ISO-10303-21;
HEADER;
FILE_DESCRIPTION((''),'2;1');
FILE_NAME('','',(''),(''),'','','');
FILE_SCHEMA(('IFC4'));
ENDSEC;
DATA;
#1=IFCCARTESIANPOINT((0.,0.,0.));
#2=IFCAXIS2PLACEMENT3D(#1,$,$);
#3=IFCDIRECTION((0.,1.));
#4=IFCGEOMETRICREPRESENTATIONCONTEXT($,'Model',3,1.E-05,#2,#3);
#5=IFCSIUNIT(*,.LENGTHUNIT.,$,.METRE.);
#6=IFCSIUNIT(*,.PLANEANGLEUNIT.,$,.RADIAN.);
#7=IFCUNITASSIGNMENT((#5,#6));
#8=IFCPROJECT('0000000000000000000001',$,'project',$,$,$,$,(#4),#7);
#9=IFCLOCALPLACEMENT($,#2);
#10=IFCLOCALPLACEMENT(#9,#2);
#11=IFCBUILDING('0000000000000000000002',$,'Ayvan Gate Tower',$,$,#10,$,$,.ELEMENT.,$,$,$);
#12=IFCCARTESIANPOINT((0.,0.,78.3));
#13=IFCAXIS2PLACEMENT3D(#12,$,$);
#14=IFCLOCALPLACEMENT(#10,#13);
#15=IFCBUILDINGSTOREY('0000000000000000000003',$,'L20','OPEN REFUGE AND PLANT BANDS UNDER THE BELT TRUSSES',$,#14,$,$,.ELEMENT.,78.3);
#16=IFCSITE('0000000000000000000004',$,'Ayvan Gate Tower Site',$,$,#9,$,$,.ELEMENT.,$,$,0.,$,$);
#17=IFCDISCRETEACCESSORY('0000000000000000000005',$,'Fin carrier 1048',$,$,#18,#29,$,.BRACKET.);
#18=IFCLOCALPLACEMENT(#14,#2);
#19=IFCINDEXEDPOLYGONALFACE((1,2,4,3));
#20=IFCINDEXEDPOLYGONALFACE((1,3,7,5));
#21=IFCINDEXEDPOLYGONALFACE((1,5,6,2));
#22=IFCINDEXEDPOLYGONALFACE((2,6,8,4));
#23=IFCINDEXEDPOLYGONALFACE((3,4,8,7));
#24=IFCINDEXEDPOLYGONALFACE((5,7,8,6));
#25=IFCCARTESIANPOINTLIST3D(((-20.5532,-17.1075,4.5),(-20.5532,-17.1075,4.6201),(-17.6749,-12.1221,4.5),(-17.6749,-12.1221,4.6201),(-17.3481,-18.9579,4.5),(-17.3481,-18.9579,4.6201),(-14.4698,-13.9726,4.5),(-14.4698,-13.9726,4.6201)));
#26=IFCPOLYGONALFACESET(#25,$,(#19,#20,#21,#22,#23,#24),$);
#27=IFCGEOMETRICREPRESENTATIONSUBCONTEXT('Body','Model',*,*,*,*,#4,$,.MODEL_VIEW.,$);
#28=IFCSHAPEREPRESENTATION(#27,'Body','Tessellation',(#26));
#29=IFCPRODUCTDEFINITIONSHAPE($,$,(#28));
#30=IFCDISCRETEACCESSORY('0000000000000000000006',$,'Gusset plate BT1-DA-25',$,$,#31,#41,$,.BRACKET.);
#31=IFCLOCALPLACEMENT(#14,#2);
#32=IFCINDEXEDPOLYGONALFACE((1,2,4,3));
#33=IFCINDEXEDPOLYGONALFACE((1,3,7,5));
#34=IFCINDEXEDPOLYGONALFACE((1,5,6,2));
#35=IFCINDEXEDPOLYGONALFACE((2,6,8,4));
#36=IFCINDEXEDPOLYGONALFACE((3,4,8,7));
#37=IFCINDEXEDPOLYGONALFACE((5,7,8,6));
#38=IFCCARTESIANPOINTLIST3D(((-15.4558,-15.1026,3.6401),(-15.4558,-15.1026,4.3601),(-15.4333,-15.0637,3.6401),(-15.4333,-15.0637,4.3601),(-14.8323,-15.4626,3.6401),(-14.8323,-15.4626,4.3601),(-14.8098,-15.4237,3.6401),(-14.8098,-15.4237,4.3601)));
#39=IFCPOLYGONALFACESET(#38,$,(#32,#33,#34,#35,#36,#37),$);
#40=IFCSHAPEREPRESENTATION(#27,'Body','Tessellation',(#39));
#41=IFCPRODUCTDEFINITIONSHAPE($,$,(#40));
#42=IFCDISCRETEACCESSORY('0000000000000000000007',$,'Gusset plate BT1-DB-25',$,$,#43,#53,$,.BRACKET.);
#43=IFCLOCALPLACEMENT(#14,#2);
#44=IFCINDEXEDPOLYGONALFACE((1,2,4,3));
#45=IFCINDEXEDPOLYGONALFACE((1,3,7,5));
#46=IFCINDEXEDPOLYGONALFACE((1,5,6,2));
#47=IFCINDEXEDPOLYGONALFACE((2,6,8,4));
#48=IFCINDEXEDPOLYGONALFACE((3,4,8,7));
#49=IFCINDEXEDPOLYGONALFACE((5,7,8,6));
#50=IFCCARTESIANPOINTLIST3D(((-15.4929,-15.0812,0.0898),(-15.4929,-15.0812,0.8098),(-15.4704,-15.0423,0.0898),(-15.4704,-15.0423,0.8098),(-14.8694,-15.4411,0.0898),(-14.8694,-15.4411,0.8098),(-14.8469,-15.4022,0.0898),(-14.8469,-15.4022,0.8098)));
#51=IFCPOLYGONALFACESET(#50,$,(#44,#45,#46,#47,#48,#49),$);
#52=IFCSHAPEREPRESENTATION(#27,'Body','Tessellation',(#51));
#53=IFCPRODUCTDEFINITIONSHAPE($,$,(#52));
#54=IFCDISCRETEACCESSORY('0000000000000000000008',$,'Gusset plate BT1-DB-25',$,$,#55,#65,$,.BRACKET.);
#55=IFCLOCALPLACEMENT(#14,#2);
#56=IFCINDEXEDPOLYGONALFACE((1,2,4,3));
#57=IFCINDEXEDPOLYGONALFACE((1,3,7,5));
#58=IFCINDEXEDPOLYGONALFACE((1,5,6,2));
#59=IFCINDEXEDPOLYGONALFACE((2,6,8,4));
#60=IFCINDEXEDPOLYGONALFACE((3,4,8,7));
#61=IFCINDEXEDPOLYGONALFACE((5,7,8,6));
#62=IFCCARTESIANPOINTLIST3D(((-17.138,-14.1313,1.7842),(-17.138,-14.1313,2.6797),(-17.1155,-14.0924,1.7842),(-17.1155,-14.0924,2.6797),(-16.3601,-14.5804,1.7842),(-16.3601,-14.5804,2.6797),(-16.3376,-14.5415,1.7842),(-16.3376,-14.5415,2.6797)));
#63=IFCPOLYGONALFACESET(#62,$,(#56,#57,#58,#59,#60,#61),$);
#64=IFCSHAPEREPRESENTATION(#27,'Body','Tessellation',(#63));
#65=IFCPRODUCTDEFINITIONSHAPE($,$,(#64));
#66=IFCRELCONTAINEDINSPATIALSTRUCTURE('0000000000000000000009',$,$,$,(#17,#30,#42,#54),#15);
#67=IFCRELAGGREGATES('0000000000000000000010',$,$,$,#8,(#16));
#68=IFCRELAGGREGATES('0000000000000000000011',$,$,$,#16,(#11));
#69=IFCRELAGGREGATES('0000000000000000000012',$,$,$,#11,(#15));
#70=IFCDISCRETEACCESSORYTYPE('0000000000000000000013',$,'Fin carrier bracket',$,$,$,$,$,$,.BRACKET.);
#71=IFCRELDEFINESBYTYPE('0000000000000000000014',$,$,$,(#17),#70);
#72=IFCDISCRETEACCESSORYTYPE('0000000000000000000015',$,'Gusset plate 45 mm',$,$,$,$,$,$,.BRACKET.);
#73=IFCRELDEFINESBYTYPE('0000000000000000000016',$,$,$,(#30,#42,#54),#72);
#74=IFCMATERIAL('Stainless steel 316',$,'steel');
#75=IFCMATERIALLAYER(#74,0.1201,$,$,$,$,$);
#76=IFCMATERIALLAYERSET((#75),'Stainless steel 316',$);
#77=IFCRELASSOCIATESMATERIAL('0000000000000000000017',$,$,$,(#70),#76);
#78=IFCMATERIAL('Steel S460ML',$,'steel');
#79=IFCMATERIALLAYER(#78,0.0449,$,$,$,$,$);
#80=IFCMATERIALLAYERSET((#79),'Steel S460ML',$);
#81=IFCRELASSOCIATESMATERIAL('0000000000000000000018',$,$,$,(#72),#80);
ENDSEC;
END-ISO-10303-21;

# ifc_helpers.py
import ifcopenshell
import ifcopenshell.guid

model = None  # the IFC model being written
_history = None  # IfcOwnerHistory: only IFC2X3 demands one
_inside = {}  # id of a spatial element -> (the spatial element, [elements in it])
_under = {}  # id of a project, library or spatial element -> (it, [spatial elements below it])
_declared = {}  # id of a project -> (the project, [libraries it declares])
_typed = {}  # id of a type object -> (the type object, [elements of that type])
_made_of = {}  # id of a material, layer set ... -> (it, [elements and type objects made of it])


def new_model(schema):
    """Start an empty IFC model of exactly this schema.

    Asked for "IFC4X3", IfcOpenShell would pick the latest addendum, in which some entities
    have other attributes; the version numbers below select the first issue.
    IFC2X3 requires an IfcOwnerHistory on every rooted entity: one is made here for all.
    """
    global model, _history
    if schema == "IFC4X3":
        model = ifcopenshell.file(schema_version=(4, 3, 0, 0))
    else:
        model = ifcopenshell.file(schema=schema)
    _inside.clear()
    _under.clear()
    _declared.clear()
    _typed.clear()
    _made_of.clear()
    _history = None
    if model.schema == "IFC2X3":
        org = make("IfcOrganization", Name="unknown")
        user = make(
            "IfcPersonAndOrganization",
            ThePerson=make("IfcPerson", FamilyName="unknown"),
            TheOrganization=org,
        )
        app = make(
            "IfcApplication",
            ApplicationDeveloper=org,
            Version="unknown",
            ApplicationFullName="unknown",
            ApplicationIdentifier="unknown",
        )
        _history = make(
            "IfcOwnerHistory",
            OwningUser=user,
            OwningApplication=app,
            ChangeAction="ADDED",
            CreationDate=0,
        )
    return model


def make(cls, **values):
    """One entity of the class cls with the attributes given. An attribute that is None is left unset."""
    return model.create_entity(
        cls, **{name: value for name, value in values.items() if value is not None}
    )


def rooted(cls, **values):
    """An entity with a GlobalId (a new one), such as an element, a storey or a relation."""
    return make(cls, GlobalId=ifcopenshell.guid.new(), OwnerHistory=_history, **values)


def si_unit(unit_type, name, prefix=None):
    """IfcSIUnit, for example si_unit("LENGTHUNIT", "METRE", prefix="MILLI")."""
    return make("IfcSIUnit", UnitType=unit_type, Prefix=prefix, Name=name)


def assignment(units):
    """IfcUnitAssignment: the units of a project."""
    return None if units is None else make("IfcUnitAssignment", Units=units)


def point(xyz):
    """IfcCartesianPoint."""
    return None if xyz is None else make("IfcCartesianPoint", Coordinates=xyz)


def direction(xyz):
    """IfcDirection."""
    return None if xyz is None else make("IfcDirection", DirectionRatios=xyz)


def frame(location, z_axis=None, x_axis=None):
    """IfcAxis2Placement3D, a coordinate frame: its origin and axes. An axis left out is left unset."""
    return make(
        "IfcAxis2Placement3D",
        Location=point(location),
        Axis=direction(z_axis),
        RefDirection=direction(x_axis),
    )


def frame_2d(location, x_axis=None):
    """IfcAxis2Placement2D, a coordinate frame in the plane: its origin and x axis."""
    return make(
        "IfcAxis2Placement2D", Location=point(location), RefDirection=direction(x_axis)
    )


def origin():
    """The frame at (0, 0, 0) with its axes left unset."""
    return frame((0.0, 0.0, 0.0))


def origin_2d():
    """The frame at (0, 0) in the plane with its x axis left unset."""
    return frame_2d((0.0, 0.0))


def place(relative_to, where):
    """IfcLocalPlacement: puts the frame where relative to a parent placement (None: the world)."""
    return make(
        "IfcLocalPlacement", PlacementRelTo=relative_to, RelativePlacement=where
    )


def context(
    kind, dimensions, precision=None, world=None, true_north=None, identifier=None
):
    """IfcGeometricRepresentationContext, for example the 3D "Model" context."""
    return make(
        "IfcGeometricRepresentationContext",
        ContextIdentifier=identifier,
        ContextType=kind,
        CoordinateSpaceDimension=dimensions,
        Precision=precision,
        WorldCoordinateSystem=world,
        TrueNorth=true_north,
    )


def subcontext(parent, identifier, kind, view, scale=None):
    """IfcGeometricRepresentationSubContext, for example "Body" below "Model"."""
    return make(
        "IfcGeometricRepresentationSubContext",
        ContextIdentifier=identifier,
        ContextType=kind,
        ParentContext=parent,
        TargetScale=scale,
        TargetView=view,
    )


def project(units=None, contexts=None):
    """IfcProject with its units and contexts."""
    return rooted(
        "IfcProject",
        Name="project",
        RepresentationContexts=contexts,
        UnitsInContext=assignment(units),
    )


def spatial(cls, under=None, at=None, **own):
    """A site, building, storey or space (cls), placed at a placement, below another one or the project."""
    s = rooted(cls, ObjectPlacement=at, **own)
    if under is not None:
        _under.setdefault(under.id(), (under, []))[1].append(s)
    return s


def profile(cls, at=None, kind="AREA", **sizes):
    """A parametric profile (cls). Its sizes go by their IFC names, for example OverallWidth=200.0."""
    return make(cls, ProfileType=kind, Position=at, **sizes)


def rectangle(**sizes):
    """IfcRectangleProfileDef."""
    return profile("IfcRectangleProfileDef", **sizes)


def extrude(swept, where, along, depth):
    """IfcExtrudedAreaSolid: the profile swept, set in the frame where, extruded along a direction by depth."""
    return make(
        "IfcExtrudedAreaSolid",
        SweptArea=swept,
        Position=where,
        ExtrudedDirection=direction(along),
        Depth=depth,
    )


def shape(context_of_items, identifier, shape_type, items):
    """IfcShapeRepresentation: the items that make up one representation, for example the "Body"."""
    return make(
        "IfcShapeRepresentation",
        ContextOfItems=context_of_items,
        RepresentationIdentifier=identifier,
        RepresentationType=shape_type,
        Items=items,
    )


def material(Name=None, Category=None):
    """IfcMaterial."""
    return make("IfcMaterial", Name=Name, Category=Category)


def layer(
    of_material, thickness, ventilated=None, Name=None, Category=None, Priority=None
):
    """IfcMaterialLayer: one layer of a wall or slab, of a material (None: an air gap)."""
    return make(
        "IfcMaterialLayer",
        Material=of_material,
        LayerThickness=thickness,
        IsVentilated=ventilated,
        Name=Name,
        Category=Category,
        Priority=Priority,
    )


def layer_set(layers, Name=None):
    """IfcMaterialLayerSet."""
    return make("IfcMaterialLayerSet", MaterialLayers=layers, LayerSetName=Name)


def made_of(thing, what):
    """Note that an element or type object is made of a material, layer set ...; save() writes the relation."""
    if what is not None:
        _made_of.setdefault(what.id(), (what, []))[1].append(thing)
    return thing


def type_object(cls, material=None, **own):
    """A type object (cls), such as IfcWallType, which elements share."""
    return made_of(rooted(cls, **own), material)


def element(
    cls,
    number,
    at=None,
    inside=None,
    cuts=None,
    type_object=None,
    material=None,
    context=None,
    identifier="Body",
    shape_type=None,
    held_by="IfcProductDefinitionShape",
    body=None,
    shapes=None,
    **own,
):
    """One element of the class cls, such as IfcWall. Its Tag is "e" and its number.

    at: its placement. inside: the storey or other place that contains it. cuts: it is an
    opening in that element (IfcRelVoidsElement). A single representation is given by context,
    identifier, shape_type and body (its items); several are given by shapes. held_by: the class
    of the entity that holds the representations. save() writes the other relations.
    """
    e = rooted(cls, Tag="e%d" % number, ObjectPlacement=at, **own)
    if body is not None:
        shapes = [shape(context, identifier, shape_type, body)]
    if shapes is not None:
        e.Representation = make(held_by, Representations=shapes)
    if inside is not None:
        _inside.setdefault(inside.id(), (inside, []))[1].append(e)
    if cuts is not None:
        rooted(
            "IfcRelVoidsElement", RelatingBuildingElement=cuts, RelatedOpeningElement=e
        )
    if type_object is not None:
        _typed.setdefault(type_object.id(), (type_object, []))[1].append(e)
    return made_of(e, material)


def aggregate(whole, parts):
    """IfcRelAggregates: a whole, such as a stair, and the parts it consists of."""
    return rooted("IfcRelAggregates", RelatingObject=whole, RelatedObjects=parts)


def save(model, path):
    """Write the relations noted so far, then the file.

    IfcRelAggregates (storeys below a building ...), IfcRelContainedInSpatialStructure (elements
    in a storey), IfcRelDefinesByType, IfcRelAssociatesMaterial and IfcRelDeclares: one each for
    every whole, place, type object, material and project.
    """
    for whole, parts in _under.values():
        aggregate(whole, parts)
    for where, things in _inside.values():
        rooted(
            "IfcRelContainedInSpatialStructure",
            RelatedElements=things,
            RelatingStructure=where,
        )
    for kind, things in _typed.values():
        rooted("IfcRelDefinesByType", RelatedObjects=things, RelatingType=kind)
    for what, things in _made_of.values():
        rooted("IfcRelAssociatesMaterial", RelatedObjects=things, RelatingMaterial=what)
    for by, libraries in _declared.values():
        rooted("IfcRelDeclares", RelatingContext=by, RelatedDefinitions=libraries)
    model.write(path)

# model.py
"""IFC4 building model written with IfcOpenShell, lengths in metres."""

from ifc_helpers import new_model, si_unit, direction, frame, origin, origin_2d, place, context, subcontext, project, spatial, rectangle, extrude, material, layer, layer_set, type_object, element, save


model = new_model("IFC4")

# Units and contexts
model_context = context("Model", 3, precision=1e-05, world=origin(), true_north=direction((0.0, 1.0)))
body_context = subcontext(model_context, "Body", "Model", "MODEL_VIEW")
ifc_project = project(units=[si_unit("LENGTHUNIT", "METRE"), si_unit("PLANEANGLEUNIT", "RADIAN")], contexts=[model_context])

# Site, building, storey
site_placement = place(None, origin())
site = spatial("IfcSite", under=ifc_project, at=site_placement, Name="Ayvan Gate Tower Site", CompositionType="ELEMENT", RefElevation=0.0)
building_placement = place(site_placement, origin())
building = spatial("IfcBuilding", under=site, at=building_placement, Name="Ayvan Gate Tower", CompositionType="ELEMENT")
storey_placement = place(building_placement, frame((0.0, 0.0, 78.3)))
storey = spatial("IfcBuildingStorey", under=building, at=storey_placement, Name="L20", Description="OPEN REFUGE AND PLANT BANDS UNDER THE BELT TRUSSES", CompositionType="ELEMENT", Elevation=78.3)

# Shared definitions
ifc_material_1 = material(Name="Steel S460ML", Category="steel")

# Discrete accessories
ifc_material_2 = material(Name="Stainless steel 316", Category="steel")
ifc_layer_1 = layer(ifc_material_2, 0.1201)
ifc_layer_set_1 = layer_set([ifc_layer_1], Name="Stainless steel 316")
discrete_accessory_type_1 = type_object("IfcDiscreteAccessoryType", Name="Fin carrier bracket", PredefinedType="BRACKET", material=ifc_layer_set_1)
discrete_accessory_1_placement = place(storey_placement, frame((-17.5115, -15.54, 4.5), z_axis=(0.0, 0.0, 1.0), x_axis=(0.866025, -0.5, 0.0)))
element("IfcDiscreteAccessory", 1, at=discrete_accessory_1_placement, inside=storey, type_object=discrete_accessory_type_1, Name="Fin carrier 1048", PredefinedType="BRACKET", context=body_context, shape_type="SweptSolid", body=[
    extrude(rectangle(XDim=3.7009, YDim=5.7566, at=origin_2d()), origin(), (0.0, 0.0, 1.0), 0.1201),
])
ifc_layer_2 = layer(ifc_material_1, 0.0449)
ifc_layer_set_2 = layer_set([ifc_layer_2], Name="Steel S460ML")
discrete_accessory_type_2 = type_object("IfcDiscreteAccessoryType", Name="Gusset plate 45 mm", PredefinedType="BRACKET", material=ifc_layer_set_2)
for number, where, z_axis, x_axis, name in (
    (2, (-15.1328, -15.2632, 3.6401), (0.0, 0.0, 1.0), (-0.866025, 0.5, 0.0), "Gusset plate BT1-DA-25"),
    (3, (-15.1699, -15.2417, 0.0898), (0.0, 0.0, 1.0), (-0.866025, 0.5, 0.0), "Gusset plate BT1-DB-25"),
):
    element("IfcDiscreteAccessory", number, at=place(storey_placement, frame(where, z_axis=z_axis, x_axis=x_axis)), inside=storey, type_object=discrete_accessory_type_2, Name=name, PredefinedType="BRACKET", context=body_context, shape_type="SweptSolid", body=[
        extrude(rectangle(XDim=0.72, YDim=0.0449, at=origin_2d()), origin(), (0.0, 0.0, 1.0), 0.72),
    ])
discrete_accessory_2_placement = place(storey_placement, frame((-16.7378, -14.3364, 1.7842), z_axis=(0.0, 0.0, 1.0), x_axis=(-0.866025, 0.5, 0.0)))
element("IfcDiscreteAccessory", 4, at=discrete_accessory_2_placement, inside=storey, type_object=discrete_accessory_type_2, Name="Gusset plate BT1-DB-25", PredefinedType="BRACKET", context=body_context, shape_type="SweptSolid", body=[
    extrude(rectangle(XDim=0.8982, YDim=0.0449, at=origin_2d()), origin(), (0.0, 0.0, 1.0), 0.8955),
])

save(model, "model.ifc")
